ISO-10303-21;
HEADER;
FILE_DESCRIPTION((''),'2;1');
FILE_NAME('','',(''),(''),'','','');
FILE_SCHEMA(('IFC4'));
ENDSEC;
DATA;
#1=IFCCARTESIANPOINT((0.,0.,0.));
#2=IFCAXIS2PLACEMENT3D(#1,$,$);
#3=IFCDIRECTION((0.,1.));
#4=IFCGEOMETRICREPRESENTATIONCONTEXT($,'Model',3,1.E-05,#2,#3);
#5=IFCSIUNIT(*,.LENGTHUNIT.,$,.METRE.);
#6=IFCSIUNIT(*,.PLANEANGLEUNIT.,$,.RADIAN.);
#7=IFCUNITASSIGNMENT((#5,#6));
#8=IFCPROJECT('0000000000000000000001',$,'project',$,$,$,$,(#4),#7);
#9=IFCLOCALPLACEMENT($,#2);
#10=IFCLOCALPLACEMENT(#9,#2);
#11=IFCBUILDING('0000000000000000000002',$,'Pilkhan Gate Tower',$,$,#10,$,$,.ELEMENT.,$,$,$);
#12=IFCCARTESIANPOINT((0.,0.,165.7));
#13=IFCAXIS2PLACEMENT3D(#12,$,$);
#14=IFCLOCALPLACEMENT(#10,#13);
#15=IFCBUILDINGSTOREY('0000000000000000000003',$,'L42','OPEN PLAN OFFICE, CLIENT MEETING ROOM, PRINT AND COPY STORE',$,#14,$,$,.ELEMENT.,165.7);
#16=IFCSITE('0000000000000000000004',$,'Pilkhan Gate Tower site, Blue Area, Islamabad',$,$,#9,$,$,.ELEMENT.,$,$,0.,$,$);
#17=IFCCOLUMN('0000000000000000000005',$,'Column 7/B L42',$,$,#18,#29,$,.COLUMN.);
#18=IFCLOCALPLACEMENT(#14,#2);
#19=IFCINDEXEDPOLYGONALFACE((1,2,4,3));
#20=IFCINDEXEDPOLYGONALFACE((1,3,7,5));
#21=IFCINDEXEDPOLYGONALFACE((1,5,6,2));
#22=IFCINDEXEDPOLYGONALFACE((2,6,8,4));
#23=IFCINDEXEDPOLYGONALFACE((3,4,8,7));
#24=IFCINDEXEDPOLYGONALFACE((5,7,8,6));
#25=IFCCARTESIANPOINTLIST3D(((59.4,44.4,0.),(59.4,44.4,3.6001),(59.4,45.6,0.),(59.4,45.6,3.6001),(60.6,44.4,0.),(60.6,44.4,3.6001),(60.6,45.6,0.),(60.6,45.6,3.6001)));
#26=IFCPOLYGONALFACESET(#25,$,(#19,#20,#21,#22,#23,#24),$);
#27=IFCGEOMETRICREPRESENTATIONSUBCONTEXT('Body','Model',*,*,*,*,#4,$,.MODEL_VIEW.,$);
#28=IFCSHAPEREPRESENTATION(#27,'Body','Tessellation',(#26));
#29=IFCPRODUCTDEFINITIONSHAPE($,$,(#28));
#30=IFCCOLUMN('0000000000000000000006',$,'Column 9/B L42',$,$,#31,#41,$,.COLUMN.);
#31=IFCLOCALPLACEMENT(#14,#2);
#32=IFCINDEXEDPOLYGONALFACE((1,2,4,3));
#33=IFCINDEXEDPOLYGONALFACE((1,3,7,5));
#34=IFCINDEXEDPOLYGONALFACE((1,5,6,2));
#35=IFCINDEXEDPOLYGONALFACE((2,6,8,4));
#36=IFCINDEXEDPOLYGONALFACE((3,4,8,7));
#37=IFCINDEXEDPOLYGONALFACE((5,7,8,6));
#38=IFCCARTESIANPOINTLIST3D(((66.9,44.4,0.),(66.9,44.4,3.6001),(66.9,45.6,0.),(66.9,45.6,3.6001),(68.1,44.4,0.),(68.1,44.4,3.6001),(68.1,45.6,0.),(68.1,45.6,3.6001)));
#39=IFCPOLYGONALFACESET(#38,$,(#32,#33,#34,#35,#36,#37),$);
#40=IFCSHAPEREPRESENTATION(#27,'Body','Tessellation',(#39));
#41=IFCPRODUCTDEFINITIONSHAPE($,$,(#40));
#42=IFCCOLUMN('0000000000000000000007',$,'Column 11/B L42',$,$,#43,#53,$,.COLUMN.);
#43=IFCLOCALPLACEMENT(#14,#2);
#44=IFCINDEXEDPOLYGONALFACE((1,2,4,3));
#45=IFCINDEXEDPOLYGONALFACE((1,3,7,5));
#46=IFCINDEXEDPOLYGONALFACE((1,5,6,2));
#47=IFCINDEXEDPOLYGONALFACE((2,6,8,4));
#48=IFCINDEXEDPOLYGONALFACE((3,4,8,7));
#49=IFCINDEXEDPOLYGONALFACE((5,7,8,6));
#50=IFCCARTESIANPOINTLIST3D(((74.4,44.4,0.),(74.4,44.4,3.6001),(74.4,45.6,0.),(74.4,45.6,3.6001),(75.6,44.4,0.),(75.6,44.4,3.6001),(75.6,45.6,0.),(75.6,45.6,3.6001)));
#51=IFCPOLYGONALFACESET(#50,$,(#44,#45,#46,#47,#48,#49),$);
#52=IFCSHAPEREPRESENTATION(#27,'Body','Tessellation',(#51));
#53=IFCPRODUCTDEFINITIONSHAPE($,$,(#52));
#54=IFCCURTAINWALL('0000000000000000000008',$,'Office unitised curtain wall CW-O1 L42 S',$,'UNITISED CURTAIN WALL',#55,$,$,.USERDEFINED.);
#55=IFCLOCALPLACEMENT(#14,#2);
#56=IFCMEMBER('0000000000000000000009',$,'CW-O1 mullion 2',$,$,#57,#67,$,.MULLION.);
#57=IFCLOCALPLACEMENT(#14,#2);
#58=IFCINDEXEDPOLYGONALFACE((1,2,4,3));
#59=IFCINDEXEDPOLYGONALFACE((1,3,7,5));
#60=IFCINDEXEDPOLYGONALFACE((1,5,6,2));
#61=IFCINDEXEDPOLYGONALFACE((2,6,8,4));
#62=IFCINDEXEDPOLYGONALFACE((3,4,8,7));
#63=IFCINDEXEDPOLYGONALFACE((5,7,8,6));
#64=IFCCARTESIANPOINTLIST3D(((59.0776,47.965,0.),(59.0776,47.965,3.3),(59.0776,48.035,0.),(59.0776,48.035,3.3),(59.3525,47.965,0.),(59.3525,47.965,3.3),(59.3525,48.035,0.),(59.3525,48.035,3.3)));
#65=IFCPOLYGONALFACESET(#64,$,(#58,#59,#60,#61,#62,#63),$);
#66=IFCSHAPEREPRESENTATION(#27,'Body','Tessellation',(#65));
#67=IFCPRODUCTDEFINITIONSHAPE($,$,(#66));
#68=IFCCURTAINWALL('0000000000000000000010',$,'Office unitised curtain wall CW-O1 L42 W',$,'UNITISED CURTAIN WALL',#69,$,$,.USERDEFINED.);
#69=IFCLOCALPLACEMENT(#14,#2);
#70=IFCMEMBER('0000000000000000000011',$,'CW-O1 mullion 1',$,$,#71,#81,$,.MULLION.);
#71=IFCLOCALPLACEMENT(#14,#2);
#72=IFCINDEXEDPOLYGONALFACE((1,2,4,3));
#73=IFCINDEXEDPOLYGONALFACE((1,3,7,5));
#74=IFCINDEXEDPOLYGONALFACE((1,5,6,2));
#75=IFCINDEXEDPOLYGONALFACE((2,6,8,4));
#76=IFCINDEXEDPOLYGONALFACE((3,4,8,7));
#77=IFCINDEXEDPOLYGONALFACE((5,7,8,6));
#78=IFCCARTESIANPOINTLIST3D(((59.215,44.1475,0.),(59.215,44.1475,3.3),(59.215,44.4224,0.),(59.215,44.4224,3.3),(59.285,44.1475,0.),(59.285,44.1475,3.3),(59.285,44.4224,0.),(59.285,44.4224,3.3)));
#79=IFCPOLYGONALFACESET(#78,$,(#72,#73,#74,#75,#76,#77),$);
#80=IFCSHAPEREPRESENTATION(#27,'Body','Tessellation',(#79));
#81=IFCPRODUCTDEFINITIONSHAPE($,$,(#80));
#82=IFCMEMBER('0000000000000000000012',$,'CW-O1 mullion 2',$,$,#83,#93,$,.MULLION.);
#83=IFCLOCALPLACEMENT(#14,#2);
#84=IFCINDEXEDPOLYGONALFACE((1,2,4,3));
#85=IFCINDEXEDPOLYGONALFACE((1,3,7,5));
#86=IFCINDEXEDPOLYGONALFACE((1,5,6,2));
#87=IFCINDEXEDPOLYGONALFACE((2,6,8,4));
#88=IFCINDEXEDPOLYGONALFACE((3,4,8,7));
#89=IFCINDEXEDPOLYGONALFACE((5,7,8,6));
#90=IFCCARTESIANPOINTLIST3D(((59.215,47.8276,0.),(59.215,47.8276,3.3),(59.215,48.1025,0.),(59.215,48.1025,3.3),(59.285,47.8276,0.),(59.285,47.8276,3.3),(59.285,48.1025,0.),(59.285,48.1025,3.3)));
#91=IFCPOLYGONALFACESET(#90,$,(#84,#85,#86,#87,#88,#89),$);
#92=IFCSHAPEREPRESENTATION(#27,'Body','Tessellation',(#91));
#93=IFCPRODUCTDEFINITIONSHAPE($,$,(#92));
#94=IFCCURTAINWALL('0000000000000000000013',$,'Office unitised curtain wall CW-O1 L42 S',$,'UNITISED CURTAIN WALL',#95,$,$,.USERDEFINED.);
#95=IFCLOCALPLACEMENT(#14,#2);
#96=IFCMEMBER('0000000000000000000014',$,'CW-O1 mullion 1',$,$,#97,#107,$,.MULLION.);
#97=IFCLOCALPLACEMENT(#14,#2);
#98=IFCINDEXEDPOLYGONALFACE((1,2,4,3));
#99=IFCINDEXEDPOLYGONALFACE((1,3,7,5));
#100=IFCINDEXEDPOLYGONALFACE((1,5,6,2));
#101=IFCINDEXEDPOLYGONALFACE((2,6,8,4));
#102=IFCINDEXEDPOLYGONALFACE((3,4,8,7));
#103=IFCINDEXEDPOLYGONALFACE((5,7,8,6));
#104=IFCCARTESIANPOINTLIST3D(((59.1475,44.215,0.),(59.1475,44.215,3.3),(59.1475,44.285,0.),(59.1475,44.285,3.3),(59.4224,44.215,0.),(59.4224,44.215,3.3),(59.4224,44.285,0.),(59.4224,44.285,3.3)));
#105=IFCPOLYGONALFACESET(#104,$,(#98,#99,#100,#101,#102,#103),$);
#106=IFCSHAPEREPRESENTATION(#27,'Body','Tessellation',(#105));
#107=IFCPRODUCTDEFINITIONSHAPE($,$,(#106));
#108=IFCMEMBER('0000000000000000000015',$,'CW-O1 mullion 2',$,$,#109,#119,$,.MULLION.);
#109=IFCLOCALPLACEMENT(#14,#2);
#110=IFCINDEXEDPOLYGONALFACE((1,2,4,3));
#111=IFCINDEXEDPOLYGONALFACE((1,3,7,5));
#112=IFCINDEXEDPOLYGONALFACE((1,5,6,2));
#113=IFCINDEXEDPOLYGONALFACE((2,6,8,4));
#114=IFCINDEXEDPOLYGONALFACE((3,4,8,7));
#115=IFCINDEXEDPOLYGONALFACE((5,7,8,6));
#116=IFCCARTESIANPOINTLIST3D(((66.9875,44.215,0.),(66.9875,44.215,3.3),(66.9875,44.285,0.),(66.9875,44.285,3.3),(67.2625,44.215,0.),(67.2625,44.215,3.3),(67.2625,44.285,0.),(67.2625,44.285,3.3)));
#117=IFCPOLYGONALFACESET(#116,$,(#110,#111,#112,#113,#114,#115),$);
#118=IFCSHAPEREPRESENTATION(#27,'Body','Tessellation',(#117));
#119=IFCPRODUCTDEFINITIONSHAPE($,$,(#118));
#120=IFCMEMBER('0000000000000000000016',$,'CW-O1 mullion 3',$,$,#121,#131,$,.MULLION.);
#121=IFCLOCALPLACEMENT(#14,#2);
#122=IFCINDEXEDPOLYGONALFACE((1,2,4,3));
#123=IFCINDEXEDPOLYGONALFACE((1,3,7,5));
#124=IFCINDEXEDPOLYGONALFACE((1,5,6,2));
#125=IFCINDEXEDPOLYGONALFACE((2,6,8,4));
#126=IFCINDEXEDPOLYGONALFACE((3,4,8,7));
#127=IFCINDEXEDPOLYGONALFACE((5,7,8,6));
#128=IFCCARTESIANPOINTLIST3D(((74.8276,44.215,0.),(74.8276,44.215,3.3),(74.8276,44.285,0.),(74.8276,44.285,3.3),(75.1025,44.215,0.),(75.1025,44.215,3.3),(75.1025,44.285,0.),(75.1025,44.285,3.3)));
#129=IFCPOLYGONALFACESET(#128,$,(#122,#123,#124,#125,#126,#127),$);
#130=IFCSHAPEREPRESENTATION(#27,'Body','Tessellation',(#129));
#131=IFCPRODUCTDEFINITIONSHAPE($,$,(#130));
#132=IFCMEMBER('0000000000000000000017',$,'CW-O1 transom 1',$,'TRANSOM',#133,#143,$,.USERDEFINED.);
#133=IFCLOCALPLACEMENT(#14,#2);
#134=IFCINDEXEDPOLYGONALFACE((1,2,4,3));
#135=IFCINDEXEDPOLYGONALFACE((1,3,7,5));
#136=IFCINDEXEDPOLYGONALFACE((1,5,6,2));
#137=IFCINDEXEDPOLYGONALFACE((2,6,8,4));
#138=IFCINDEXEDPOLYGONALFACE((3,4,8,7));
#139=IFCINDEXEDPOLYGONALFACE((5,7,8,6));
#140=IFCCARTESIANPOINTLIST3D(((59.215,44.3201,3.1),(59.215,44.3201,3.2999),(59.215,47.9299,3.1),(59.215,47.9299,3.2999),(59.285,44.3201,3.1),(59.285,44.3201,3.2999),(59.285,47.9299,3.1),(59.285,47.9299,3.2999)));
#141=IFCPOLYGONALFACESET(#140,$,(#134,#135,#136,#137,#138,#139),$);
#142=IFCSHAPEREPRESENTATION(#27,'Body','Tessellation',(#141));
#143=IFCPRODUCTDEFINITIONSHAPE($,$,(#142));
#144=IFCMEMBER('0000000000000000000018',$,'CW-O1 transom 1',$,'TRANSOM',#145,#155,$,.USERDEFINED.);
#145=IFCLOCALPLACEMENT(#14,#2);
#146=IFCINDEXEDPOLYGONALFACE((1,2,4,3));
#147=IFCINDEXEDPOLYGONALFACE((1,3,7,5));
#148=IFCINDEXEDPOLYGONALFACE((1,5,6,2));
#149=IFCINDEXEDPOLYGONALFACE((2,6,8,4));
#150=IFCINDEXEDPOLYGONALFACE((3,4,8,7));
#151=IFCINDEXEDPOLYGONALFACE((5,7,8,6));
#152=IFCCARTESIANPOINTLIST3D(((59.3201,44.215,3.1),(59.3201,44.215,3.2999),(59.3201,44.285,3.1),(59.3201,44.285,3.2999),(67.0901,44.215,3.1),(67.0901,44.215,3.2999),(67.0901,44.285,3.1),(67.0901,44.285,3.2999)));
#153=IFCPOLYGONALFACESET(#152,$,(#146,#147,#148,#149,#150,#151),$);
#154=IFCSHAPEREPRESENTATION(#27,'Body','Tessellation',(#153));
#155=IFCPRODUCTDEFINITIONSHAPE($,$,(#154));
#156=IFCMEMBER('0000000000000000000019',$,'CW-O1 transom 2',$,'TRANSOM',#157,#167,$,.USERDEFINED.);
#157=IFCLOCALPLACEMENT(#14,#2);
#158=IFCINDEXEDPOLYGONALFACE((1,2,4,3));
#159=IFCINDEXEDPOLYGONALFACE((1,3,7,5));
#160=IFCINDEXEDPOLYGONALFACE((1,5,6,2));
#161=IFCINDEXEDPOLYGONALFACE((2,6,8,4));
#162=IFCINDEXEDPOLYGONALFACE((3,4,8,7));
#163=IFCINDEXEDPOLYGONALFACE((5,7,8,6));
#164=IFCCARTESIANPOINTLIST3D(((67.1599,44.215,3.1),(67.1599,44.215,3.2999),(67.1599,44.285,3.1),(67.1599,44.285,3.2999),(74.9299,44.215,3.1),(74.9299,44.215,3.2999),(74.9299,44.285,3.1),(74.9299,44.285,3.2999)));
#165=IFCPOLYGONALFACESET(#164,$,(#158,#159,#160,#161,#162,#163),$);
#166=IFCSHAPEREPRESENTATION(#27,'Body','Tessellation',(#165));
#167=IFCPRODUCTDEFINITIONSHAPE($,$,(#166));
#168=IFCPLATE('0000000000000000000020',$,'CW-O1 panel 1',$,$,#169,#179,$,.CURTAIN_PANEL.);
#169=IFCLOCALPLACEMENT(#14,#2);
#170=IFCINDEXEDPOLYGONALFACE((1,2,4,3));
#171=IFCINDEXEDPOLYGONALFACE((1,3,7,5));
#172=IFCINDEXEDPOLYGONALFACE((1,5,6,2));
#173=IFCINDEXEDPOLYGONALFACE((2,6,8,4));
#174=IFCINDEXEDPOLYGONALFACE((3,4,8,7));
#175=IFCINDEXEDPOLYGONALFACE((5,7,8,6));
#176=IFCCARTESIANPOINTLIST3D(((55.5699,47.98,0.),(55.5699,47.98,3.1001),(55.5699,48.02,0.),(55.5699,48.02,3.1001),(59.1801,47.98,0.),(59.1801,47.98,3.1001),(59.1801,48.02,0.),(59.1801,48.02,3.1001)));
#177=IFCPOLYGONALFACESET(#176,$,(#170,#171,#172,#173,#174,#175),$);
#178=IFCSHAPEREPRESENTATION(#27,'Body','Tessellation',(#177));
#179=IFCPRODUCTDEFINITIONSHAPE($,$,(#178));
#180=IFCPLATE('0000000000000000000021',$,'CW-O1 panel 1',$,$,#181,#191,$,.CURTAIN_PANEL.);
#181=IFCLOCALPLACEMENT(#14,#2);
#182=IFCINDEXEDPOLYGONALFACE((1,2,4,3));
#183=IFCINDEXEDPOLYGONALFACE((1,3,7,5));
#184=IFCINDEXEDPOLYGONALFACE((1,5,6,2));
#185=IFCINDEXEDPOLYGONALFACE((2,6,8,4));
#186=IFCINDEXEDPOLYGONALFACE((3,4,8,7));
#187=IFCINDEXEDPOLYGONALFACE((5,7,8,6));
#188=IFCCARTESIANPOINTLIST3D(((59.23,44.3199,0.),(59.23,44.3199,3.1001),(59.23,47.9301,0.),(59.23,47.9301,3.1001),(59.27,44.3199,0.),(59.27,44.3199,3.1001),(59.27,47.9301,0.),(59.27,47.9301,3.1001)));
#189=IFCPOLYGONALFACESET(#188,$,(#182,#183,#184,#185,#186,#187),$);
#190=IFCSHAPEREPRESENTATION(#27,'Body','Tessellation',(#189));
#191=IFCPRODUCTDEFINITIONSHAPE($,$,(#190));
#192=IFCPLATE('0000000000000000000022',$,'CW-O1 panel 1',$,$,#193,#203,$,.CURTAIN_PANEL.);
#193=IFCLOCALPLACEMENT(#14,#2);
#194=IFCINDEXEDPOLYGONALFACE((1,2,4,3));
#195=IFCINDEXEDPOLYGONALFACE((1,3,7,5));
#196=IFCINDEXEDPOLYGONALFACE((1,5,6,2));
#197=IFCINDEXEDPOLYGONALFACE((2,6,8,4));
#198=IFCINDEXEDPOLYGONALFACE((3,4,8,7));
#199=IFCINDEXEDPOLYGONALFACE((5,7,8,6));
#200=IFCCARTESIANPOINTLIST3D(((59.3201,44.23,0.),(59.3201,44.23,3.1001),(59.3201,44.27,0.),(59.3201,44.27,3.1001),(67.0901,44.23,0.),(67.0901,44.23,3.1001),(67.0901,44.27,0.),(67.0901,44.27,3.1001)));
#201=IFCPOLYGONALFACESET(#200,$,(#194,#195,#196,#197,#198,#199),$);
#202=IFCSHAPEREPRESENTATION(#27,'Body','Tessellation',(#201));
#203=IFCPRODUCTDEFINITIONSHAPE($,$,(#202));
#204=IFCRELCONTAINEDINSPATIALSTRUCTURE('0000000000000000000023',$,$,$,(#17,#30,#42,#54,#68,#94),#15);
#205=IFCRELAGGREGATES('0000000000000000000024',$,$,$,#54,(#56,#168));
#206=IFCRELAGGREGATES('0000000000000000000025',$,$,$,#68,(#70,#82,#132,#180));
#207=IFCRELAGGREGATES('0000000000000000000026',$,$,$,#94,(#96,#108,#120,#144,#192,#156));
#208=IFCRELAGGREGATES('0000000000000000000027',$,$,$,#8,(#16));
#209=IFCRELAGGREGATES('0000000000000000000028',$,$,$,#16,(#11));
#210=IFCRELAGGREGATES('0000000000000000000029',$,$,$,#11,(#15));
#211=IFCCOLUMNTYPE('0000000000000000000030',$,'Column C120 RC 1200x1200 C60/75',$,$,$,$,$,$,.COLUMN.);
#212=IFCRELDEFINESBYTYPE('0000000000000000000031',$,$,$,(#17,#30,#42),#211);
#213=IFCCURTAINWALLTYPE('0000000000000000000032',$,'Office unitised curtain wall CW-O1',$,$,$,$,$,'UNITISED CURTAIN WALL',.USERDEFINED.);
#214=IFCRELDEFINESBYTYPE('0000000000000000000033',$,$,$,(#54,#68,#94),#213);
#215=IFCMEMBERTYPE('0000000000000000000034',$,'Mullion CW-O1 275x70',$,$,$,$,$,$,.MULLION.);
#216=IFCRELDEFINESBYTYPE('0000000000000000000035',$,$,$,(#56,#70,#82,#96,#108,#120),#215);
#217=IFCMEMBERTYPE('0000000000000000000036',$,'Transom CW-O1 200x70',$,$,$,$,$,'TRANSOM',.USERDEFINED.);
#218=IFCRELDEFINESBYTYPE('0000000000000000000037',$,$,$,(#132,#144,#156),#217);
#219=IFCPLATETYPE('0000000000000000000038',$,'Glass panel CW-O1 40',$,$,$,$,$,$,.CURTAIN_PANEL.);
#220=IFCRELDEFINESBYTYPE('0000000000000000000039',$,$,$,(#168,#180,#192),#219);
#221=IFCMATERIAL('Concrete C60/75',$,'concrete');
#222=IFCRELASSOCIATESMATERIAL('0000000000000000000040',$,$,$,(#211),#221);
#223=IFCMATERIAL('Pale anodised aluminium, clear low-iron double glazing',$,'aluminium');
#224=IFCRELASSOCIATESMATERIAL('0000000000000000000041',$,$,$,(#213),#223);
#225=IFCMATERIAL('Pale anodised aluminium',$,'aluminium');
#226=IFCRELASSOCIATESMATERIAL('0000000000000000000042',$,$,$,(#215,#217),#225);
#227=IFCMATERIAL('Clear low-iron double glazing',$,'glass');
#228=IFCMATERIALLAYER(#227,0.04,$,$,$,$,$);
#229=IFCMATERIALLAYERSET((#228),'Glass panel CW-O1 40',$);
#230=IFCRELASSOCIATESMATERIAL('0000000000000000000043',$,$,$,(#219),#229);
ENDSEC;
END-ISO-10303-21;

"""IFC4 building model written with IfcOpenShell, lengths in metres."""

from ifc_helpers import new_model, si_unit, direction, frame, origin, origin_2d, place, context, subcontext, project, spatial, rectangle, extrude, material, layer, layer_set, material_profile, profile_set, type_object, element, aggregate, save


model = new_model("IFC4")

# Units and contexts
model_context = context("Model", 3, precision=1e-05, world=origin(), true_north=direction((0.0, 1.0)))
body_context = subcontext(model_context, "Body", "Model", "MODEL_VIEW")
ifc_project = project(units=[si_unit("LENGTHUNIT", "METRE"), si_unit("PLANEANGLEUNIT", "RADIAN")], contexts=[model_context])

# Site, building, storey
site_placement = place(None, origin())
site = spatial("IfcSite", under=ifc_project, at=site_placement, Name="Pilkhan Gate Tower site, Blue Area, Islamabad", CompositionType="ELEMENT", RefElevation=0.0)
building_placement = place(site_placement, origin())
building = spatial("IfcBuilding", under=site, at=building_placement, Name="Pilkhan Gate Tower", CompositionType="ELEMENT")
storey_placement = place(building_placement, frame((0.0, 0.0, 165.7)))
storey = spatial("IfcBuildingStorey", under=building, at=storey_placement, Name="L42", Description="OPEN PLAN OFFICE, CLIENT MEETING ROOM, PRINT AND COPY STORE", CompositionType="ELEMENT", Elevation=165.7)

# Columns
ifc_material_1 = material(Name="Concrete C60/75", Category="concrete")
ifc_material_profile_1 = material_profile(ifc_material_1, rectangle(XDim=1.2, YDim=1.2, at=origin_2d()), Name="RC 1200x1200")
ifc_profile_set_1 = profile_set([ifc_material_profile_1], Name="Concrete C60/75")
column_type = type_object("IfcColumnType", Name="Column C120 RC 1200x1200 C60/75", PredefinedType="COLUMN", material=ifc_profile_set_1)
for number, where, z_axis, x_axis, name in (
    (1, (60.0, 45.0, 0.0), (0.0, 0.0, 1.0), (1.0, 0.0, 0.0), "Column 7/B L42"),
    (2, (67.5, 45.0, 0.0), (0.0, 0.0, 1.0), (1.0, 0.0, 0.0), "Column 9/B L42"),
    (3, (75.0, 45.0, 0.0), (0.0, 0.0, 1.0), (1.0, 0.0, 0.0), "Column 11/B L42"),
):
    element("IfcColumn", number, at=place(storey_placement, frame(where, z_axis=z_axis, x_axis=x_axis)), inside=storey, type_object=column_type, Name=name, PredefinedType="COLUMN", context=body_context, shape_type="SweptSolid", body=[
        extrude(rectangle(XDim=1.2, YDim=1.2, at=origin_2d()), origin(), (0.0, 0.0, 1.0), 3.6001),
    ])

# Curtain wall, member
ifc_material_2 = material(Name="Pale anodised aluminium, clear low-iron double glazing", Category="aluminium")
curtain_wall_type = type_object("IfcCurtainWallType", Name="Office unitised curtain wall CW-O1", ElementType="UNITISED CURTAIN WALL", PredefinedType="USERDEFINED", material=ifc_material_2)
curtain_wall_1_placement = place(storey_placement, origin())
curtain_wall_1 = element("IfcCurtainWall", 4, at=curtain_wall_1_placement, inside=storey, type_object=curtain_wall_type, Name="Office unitised curtain wall CW-O1 L42 S", ObjectType="UNITISED CURTAIN WALL", PredefinedType="USERDEFINED")
ifc_material_3 = material(Name="Pale anodised aluminium", Category="aluminium")
ifc_material_profile_2 = material_profile(ifc_material_3, rectangle(XDim=0.0701, YDim=0.2749, at=origin_2d()), Name="Mullion 275x70")
ifc_profile_set_2 = profile_set([ifc_material_profile_2], Name="Pale anodised aluminium")
member_type_1 = type_object("IfcMemberType", Name="Mullion CW-O1 275x70", PredefinedType="MULLION", material=ifc_profile_set_2)
member_1_placement = place(storey_placement, frame((59.2151, 48.0, 0.0), z_axis=(0.0, 0.0, 1.0), x_axis=(0.0, 1.0, 0.0)))
member_1 = element("IfcMember", 5, at=member_1_placement, type_object=member_type_1, Name="CW-O1 mullion 2", PredefinedType="MULLION", context=body_context, shape_type="SweptSolid", body=[
    extrude(rectangle(XDim=0.0701, YDim=0.2749, at=origin_2d()), origin(), (0.0, 0.0, 1.0), 3.3),
])

# Curtain walls, members
curtain_wall_2_placement = place(storey_placement, origin())
curtain_wall_2 = element("IfcCurtainWall", 6, at=curtain_wall_2_placement, inside=storey, type_object=curtain_wall_type, Name="Office unitised curtain wall CW-O1 L42 W", ObjectType="UNITISED CURTAIN WALL", PredefinedType="USERDEFINED")
member_2_placement = place(storey_placement, frame((59.25, 44.2849, 0.0), z_axis=(0.0, 0.0, 1.0), x_axis=(-1.0, 0.0, 0.0)))
member_2 = element("IfcMember", 7, at=member_2_placement, type_object=member_type_1, Name="CW-O1 mullion 1", PredefinedType="MULLION", context=body_context, shape_type="SweptSolid", body=[
    extrude(rectangle(XDim=0.0701, YDim=0.2749, at=origin_2d()), origin(), (0.0, 0.0, 1.0), 3.3),
])
member_3_placement = place(storey_placement, frame((59.25, 47.9651, 0.0), z_axis=(0.0, 0.0, 1.0), x_axis=(-1.0, 0.0, 0.0)))
member_3 = element("IfcMember", 8, at=member_3_placement, type_object=member_type_1, Name="CW-O1 mullion 2", PredefinedType="MULLION", context=body_context, shape_type="SweptSolid", body=[
    extrude(rectangle(XDim=0.0701, YDim=0.2749, at=origin_2d()), origin(), (0.0, 0.0, 1.0), 3.3),
])
curtain_wall_3_placement = place(storey_placement, origin())
curtain_wall_3 = element("IfcCurtainWall", 9, at=curtain_wall_3_placement, inside=storey, type_object=curtain_wall_type, Name="Office unitised curtain wall CW-O1 L42 S", ObjectType="UNITISED CURTAIN WALL", PredefinedType="USERDEFINED")
member_4_placement = place(storey_placement, frame((59.2849, 44.25, 0.0), z_axis=(0.0, 0.0, 1.0), x_axis=(0.0, 1.0, 0.0)))
member_4 = element("IfcMember", 10, at=member_4_placement, type_object=member_type_1, Name="CW-O1 mullion 1", PredefinedType="MULLION", context=body_context, shape_type="SweptSolid", body=[
    extrude(rectangle(XDim=0.0701, YDim=0.2749, at=origin_2d()), origin(), (0.0, 0.0, 1.0), 3.3),
])
member_5_placement = place(storey_placement, frame((67.125, 44.25, 0.0), z_axis=(0.0, 0.0, 1.0), x_axis=(0.0, 1.0, 0.0)))
member_5 = element("IfcMember", 11, at=member_5_placement, type_object=member_type_1, Name="CW-O1 mullion 2", PredefinedType="MULLION", context=body_context, shape_type="SweptSolid", body=[
    extrude(rectangle(XDim=0.0701, YDim=0.2749, at=origin_2d()), origin(), (0.0, 0.0, 1.0), 3.3),
])
member_6_placement = place(storey_placement, frame((74.9651, 44.25, 0.0), z_axis=(0.0, 0.0, 1.0), x_axis=(0.0, 1.0, 0.0)))
member_6 = element("IfcMember", 12, at=member_6_placement, type_object=member_type_1, Name="CW-O1 mullion 3", PredefinedType="MULLION", context=body_context, shape_type="SweptSolid", body=[
    extrude(rectangle(XDim=0.0701, YDim=0.2749, at=origin_2d()), origin(), (0.0, 0.0, 1.0), 3.3),
])

# Members
ifc_material_profile_3 = material_profile(ifc_material_3, rectangle(XDim=0.0701, YDim=0.2, at=origin_2d()), Name="Transom 200x70")
ifc_profile_set_3 = profile_set([ifc_material_profile_3], Name="Pale anodised aluminium")
member_type_2 = type_object("IfcMemberType", Name="Transom CW-O1 200x70", ElementType="TRANSOM", PredefinedType="USERDEFINED", material=ifc_profile_set_3)
member_7_placement = place(storey_placement, frame((59.25, 44.3201, 3.2), z_axis=(0.0, 1.0, 0.0), x_axis=(-1.0, 0.0, 0.0)))
member_7 = element("IfcMember", 13, at=member_7_placement, type_object=member_type_2, Name="CW-O1 transom 1", ObjectType="TRANSOM", PredefinedType="USERDEFINED", context=body_context, shape_type="SweptSolid", body=[
    extrude(rectangle(XDim=0.0701, YDim=0.2, at=origin_2d()), origin(), (0.0, 0.0, 1.0), 3.6099),
])
member_8_placement = place(storey_placement, frame((59.3201, 44.25, 3.2), z_axis=(1.0, 0.0, 0.0), x_axis=(0.0, 1.0, 0.0)))
member_8 = element("IfcMember", 14, at=member_8_placement, type_object=member_type_2, Name="CW-O1 transom 1", ObjectType="TRANSOM", PredefinedType="USERDEFINED", context=body_context, shape_type="SweptSolid", body=[
    extrude(rectangle(XDim=0.0701, YDim=0.2, at=origin_2d()), origin(), (0.0, 0.0, 1.0), 7.77),
])
member_9_placement = place(storey_placement, frame((67.1599, 44.25, 3.2), z_axis=(1.0, 0.0, 0.0), x_axis=(0.0, 1.0, 0.0)))
member_9 = element("IfcMember", 15, at=member_9_placement, type_object=member_type_2, Name="CW-O1 transom 2", ObjectType="TRANSOM", PredefinedType="USERDEFINED", context=body_context, shape_type="SweptSolid", body=[
    extrude(rectangle(XDim=0.0701, YDim=0.2, at=origin_2d()), origin(), (0.0, 0.0, 1.0), 7.77),
])

# Plates
ifc_material_4 = material(Name="Clear low-iron double glazing", Category="glass")
ifc_layer_1 = layer(ifc_material_4, 0.04)
ifc_layer_set_1 = layer_set([ifc_layer_1], Name="Glass panel CW-O1 40")
plate_type = type_object("IfcPlateType", Name="Glass panel CW-O1 40", PredefinedType="CURTAIN_PANEL", material=ifc_layer_set_1)
plate_1_placement = place(storey_placement, frame((57.375, 48.0, 0.0), z_axis=(0.0, 0.0, 1.0), x_axis=(1.0, 0.0, 0.0)))
plate_1 = element("IfcPlate", 16, at=plate_1_placement, type_object=plate_type, Name="CW-O1 panel 1", PredefinedType="CURTAIN_PANEL", context=body_context, shape_type="SweptSolid", body=[
    extrude(rectangle(XDim=3.6101, YDim=0.04, at=origin_2d()), origin(), (0.0, 0.0, 1.0), 3.1001),
])
aggregate(curtain_wall_1, [member_1, plate_1])
plate_2_placement = place(storey_placement, frame((59.25, 46.125, 0.0), z_axis=(0.0, 0.0, 1.0), x_axis=(0.0, 1.0, 0.0)))
plate_2 = element("IfcPlate", 17, at=plate_2_placement, type_object=plate_type, Name="CW-O1 panel 1", PredefinedType="CURTAIN_PANEL", context=body_context, shape_type="SweptSolid", body=[
    extrude(rectangle(XDim=3.6101, YDim=0.04, at=origin_2d()), origin(), (0.0, 0.0, 1.0), 3.1001),
])
aggregate(curtain_wall_2, [member_2, member_3, member_7, plate_2])
plate_3_placement = place(storey_placement, frame((63.2051, 44.25, 0.0), z_axis=(0.0, 0.0, 1.0), x_axis=(1.0, 0.0, 0.0)))
plate_3 = element("IfcPlate", 18, at=plate_3_placement, type_object=plate_type, Name="CW-O1 panel 1", PredefinedType="CURTAIN_PANEL", context=body_context, shape_type="SweptSolid", body=[
    extrude(rectangle(XDim=7.77, YDim=0.04, at=origin_2d()), origin(), (0.0, 0.0, 1.0), 3.1001),
])
aggregate(curtain_wall_3, [member_4, member_5, member_6, member_8, plate_3, member_9])

save(model, "model.ifc")
